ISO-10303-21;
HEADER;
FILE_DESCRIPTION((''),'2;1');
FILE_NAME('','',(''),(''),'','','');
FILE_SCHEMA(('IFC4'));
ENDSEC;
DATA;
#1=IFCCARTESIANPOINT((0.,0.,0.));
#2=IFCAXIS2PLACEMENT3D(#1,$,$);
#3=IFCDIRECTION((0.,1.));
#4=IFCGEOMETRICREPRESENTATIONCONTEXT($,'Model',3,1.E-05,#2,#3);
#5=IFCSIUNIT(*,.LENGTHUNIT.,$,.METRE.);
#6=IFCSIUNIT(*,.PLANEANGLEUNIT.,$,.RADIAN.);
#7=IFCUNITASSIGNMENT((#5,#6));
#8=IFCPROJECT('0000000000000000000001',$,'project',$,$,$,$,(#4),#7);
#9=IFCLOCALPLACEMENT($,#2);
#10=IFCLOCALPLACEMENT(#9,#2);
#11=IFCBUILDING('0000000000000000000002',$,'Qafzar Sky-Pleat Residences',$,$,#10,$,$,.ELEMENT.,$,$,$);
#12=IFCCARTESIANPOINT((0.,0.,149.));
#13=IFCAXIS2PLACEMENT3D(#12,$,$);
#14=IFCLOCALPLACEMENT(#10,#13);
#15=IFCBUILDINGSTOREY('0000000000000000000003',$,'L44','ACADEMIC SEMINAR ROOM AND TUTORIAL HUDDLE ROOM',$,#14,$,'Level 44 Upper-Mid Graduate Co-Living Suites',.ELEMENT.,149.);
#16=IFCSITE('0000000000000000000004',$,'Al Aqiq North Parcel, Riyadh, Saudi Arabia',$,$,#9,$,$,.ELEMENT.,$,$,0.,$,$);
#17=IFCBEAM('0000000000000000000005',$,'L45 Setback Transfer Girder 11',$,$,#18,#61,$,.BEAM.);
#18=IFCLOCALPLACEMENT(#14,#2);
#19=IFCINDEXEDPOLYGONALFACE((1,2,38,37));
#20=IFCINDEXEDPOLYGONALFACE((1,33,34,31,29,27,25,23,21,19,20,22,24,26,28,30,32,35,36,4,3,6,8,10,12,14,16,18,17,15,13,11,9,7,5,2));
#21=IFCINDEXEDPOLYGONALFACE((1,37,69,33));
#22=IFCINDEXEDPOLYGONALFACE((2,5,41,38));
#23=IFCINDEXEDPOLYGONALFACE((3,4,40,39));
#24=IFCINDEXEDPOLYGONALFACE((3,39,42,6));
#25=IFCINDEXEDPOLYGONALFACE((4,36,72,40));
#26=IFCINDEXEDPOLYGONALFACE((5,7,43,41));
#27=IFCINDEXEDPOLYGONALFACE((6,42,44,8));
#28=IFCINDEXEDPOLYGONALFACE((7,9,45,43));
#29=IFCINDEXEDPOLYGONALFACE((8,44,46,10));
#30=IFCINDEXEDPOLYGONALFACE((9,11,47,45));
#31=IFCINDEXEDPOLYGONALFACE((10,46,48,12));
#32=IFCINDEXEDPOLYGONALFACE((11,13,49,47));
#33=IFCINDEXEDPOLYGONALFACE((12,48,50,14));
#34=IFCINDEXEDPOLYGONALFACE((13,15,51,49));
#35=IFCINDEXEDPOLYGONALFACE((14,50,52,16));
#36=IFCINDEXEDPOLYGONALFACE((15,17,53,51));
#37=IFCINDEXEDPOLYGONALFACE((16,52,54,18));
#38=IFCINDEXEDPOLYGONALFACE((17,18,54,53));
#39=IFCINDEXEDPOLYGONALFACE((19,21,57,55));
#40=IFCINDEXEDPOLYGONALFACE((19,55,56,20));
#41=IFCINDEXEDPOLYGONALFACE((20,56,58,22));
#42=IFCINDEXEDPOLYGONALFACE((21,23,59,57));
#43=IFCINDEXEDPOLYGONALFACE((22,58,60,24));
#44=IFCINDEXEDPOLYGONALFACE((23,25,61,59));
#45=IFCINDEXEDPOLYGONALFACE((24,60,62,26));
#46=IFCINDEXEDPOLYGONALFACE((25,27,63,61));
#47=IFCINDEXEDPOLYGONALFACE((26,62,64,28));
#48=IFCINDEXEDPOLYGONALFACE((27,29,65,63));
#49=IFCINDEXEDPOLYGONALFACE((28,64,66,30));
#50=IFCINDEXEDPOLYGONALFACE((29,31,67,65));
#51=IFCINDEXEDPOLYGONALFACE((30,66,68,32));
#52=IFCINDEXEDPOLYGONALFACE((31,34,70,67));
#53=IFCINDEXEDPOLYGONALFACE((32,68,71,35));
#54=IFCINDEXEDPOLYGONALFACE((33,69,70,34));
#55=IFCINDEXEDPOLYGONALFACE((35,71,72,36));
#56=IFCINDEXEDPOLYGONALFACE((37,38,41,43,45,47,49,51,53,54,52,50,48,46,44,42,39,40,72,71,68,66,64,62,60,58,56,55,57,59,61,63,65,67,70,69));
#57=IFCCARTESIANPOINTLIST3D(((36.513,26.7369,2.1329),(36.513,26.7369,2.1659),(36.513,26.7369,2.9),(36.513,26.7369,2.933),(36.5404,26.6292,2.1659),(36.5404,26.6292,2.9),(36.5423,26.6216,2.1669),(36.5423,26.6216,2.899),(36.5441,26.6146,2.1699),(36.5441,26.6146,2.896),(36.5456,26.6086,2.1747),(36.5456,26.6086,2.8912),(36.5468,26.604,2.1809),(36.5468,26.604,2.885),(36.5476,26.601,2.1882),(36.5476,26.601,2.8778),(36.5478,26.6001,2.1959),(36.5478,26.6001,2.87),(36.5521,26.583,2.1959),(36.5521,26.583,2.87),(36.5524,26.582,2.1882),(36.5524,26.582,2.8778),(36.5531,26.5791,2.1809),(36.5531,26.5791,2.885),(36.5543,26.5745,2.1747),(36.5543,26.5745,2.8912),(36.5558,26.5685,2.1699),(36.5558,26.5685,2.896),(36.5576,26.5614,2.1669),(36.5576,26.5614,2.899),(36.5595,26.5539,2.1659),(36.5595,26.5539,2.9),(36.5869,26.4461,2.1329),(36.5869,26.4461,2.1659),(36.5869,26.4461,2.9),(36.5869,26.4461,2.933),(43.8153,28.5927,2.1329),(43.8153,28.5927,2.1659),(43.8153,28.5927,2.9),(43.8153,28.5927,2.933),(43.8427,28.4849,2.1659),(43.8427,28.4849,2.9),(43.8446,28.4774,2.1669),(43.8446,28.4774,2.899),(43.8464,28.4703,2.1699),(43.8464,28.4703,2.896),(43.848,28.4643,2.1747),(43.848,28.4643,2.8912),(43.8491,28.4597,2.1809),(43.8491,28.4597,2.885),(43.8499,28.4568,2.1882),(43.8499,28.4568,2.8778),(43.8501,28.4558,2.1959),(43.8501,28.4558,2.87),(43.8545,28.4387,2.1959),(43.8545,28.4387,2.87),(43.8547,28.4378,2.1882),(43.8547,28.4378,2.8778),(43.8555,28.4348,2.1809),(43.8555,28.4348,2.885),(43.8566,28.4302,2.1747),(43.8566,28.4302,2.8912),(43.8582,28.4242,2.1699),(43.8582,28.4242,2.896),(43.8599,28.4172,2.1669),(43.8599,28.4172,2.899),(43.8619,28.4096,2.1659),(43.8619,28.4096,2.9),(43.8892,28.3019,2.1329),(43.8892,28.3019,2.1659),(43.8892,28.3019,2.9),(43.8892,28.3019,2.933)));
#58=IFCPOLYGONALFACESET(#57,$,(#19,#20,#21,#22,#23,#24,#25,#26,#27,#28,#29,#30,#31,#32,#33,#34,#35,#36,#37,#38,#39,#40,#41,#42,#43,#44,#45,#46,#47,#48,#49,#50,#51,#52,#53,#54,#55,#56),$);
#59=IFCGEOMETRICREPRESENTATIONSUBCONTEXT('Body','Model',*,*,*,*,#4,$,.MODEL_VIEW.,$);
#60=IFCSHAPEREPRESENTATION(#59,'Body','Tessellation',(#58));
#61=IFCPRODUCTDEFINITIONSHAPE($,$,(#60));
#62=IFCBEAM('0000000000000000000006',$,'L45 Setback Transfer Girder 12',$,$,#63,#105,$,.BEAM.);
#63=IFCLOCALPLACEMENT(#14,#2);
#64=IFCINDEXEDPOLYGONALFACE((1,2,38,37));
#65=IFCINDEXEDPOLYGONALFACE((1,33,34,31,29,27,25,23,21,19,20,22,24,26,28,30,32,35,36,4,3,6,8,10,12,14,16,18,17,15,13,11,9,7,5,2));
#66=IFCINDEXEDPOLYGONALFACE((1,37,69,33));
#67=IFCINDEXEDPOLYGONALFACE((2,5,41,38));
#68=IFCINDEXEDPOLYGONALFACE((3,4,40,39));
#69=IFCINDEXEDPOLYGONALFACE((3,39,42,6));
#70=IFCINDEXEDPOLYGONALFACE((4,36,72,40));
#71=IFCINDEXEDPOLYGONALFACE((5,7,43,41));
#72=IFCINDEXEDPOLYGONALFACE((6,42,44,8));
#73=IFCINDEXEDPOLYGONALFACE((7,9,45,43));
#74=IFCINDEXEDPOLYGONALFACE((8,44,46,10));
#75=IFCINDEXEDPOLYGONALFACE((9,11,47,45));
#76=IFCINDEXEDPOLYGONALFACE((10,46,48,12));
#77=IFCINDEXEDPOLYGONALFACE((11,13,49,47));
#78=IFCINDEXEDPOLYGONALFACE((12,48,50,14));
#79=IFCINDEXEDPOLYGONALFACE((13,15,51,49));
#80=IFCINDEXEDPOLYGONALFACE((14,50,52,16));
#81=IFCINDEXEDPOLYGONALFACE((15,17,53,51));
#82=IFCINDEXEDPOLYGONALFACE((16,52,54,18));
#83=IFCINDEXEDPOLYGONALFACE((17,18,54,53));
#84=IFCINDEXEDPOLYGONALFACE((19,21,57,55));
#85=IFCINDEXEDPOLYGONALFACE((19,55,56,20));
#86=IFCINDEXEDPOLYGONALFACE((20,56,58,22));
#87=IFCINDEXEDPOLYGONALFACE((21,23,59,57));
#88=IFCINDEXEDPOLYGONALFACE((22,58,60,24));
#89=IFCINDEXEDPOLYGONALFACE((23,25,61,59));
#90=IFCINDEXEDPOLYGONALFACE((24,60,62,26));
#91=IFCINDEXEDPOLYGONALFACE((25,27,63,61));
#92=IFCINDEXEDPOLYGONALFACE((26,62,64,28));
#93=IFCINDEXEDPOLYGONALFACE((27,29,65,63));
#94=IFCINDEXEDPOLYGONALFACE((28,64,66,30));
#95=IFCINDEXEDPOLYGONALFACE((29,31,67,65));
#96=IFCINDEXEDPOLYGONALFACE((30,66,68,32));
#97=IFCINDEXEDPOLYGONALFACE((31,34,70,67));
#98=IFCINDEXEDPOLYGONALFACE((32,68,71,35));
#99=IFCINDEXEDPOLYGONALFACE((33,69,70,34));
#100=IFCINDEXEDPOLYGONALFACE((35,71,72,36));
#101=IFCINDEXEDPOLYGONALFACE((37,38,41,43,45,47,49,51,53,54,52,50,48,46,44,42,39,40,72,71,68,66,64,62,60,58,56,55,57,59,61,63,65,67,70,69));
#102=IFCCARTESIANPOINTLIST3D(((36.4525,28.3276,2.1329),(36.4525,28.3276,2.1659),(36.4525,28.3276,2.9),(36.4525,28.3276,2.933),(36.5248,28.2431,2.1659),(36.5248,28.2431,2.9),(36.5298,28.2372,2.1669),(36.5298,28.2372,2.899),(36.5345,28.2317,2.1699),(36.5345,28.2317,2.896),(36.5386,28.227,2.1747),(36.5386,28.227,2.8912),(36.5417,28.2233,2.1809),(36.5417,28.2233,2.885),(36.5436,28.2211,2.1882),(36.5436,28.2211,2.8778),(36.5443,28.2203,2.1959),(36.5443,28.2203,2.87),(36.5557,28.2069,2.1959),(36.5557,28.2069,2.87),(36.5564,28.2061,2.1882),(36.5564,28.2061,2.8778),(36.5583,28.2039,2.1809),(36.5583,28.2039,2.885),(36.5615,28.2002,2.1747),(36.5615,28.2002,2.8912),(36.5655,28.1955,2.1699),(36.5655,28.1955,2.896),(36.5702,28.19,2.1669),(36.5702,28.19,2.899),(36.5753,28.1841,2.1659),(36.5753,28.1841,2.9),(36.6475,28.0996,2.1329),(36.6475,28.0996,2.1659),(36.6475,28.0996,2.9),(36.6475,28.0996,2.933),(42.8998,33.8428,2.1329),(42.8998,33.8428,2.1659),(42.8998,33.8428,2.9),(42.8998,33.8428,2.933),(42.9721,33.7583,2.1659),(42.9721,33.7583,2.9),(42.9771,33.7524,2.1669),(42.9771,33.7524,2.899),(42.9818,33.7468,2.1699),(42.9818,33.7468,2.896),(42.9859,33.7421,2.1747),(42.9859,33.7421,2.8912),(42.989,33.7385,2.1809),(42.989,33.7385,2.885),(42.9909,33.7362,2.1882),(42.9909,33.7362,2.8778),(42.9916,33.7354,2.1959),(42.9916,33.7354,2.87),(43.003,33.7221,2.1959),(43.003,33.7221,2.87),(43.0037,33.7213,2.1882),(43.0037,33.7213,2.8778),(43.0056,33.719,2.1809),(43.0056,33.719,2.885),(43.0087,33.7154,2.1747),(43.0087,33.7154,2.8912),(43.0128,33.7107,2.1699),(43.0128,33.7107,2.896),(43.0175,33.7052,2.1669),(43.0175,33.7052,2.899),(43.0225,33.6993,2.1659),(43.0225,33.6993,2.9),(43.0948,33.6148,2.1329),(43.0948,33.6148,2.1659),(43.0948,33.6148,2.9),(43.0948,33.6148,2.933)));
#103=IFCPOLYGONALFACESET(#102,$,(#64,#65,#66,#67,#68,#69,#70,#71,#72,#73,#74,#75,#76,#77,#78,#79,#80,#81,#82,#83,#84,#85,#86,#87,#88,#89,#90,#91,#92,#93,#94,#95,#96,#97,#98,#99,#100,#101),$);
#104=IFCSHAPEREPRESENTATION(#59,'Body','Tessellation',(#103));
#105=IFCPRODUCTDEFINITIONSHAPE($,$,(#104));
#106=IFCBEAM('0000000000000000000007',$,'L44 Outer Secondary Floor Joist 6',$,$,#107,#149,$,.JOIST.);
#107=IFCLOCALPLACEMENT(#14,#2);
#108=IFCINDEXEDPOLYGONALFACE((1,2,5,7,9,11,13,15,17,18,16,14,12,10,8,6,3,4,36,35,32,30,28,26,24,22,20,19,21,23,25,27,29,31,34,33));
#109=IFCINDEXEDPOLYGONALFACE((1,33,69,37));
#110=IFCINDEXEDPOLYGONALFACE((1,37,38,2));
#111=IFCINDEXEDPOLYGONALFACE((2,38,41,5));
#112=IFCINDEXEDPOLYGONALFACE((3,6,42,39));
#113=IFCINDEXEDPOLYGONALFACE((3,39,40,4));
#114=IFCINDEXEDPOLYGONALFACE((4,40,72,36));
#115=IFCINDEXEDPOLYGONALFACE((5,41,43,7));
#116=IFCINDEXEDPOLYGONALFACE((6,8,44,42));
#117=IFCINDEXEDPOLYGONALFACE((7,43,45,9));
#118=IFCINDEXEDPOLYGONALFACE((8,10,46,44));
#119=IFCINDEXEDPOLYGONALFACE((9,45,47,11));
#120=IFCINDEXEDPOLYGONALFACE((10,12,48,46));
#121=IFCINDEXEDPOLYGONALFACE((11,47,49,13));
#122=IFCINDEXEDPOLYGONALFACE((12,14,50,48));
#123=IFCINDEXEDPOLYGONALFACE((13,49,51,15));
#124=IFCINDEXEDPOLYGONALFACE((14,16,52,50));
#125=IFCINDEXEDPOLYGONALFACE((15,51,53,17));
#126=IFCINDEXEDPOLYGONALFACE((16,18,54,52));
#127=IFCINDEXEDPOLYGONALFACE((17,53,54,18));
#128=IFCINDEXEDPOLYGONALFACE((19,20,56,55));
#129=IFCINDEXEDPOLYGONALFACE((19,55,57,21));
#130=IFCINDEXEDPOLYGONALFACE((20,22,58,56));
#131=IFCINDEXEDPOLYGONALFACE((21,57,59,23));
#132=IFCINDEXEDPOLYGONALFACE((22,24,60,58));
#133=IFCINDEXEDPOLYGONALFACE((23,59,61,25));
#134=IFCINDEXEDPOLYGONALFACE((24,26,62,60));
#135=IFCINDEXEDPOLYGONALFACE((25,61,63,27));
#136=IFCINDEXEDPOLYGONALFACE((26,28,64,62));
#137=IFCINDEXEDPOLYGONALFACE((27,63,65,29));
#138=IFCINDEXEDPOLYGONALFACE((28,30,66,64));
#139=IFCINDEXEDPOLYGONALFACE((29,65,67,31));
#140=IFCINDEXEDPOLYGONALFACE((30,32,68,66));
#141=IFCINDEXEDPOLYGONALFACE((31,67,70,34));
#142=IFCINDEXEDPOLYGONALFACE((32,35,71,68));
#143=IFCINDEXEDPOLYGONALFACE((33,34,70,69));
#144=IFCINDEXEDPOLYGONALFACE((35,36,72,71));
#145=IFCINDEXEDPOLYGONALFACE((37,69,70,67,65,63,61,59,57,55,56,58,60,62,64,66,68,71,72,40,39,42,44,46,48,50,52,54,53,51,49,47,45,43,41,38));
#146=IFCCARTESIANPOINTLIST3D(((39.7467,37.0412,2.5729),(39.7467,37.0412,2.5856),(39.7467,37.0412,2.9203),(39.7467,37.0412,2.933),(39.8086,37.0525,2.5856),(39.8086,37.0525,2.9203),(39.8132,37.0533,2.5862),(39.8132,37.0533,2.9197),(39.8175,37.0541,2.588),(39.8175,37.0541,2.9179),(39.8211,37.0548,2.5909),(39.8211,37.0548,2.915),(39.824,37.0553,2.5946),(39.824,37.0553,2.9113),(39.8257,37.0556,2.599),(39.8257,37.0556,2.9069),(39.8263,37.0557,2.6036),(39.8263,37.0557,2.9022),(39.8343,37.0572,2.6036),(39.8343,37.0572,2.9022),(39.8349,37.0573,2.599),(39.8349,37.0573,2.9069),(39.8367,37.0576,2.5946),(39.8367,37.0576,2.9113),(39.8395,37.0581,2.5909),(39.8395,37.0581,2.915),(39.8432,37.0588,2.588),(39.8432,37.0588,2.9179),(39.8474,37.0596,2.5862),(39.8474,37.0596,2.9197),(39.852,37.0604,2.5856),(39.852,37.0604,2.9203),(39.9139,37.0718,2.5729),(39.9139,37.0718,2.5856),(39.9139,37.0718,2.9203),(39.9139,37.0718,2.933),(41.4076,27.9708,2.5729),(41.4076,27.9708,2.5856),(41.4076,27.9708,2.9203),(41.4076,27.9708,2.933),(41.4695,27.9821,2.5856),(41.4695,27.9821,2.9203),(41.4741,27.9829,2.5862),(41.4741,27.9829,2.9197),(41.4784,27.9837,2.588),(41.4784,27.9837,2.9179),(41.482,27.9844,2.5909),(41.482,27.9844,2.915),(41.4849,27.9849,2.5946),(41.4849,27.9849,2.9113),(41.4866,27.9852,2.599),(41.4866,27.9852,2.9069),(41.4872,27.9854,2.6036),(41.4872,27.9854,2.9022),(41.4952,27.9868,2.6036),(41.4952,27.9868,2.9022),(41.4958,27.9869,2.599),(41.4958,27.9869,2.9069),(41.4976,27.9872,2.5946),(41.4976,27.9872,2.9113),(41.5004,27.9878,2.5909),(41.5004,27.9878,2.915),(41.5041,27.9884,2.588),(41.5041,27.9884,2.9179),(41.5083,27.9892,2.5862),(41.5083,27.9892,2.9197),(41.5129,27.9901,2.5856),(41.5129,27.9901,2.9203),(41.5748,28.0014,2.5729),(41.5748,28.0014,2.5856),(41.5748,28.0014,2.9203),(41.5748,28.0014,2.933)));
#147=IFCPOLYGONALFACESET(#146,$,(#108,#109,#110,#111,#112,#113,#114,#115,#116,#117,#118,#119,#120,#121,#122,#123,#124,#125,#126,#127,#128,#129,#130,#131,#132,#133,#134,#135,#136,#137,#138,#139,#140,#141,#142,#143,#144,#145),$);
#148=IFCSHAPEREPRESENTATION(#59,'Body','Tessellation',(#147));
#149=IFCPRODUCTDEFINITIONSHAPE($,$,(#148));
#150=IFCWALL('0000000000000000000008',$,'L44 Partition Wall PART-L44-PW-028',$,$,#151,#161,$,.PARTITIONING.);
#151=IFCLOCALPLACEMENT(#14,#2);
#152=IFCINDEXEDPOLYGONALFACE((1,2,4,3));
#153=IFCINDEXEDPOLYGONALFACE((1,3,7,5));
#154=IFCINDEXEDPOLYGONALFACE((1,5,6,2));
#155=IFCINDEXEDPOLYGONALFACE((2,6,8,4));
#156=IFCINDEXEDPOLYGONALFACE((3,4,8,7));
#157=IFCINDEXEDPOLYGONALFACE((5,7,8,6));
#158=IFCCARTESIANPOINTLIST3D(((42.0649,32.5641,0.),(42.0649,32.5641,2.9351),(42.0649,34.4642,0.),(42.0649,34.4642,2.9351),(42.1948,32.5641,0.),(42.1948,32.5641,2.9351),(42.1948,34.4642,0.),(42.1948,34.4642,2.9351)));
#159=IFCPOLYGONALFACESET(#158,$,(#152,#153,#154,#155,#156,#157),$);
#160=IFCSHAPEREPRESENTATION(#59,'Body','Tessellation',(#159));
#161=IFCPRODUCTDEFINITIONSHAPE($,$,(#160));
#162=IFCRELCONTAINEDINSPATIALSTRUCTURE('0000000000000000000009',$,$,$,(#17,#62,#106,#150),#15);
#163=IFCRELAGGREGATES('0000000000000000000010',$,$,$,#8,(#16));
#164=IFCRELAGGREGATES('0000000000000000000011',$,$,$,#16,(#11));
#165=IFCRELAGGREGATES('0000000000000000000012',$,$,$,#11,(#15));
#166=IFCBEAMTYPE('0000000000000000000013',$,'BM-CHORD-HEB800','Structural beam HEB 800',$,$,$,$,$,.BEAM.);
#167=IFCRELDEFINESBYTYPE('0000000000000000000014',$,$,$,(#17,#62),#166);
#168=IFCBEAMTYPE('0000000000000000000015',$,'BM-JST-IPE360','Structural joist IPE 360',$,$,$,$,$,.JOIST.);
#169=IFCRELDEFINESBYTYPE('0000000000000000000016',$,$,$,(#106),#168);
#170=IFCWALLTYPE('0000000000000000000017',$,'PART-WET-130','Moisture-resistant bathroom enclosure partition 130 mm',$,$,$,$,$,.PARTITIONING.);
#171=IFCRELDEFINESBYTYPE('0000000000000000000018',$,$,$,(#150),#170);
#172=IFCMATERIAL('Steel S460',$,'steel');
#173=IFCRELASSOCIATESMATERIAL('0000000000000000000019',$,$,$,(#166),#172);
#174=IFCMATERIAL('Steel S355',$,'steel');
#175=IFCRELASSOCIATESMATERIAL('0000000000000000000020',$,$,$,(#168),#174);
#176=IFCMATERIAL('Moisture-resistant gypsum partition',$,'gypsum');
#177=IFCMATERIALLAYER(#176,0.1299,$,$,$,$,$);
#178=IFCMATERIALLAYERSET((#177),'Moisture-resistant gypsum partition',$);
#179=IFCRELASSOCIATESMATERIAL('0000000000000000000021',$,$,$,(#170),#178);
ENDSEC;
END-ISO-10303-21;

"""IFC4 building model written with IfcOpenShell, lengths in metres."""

from ifc_helpers import new_model, si_unit, direction, frame, frame_2d, origin, origin_2d, place, context, subcontext, project, spatial, rectangle, i_section, extrude, source, transform, mapped, material, layer, layer_set, material_profile, profile_set, type_object, element, save


model = new_model("IFC4")

# Units and contexts
model_context = context("Model", 3, precision=1e-05, world=origin(), true_north=direction((0.0, 1.0)))
body_context = subcontext(model_context, "Body", "Model", "MODEL_VIEW")
ifc_project = project(units=[si_unit("LENGTHUNIT", "METRE"), si_unit("PLANEANGLEUNIT", "RADIAN")], contexts=[model_context])

# Site, building, storey
site_placement = place(None, origin())
site = spatial("IfcSite", under=ifc_project, at=site_placement, Name="Al Aqiq North Parcel, Riyadh, Saudi Arabia", CompositionType="ELEMENT", RefElevation=0.0)
building_placement = place(site_placement, origin())
building = spatial("IfcBuilding", under=site, at=building_placement, Name="Qafzar Sky-Pleat Residences", CompositionType="ELEMENT")
storey_placement = place(building_placement, frame((0.0, 0.0, 149.0)))
storey = spatial("IfcBuildingStorey", under=building, at=storey_placement, Name="L44", Description="ACADEMIC SEMINAR ROOM AND TUTORIAL HUDDLE ROOM", LongName="Level 44 Upper-Mid Graduate Co-Living Suites", CompositionType="ELEMENT", Elevation=149.0)

# Shared definitions
ifc_material_1 = material(Name="Steel S355", Category="steel")

# Beams
ifc_material_2 = material(Name="Steel S460", Category="steel")
ifc_material_profile_1 = material_profile(ifc_material_2, i_section(OverallWidth=0.3, OverallDepth=0.8, WebThickness=0.0176, FlangeThickness=0.033, FilletRadius=0.03, at=origin_2d()), Name="HEB 800")
ifc_profile_set_1 = profile_set([ifc_material_profile_1], Name="Steel S460")
beam_type_1 = type_object("IfcBeamType", Name="BM-CHORD-HEB800", Description="Structural beam HEB 800", PredefinedType="BEAM", material=ifc_profile_set_1)
shared_shape_1 = source(origin(), body_context, "Body", "SweptSolid", [
    extrude(i_section(OverallWidth=0.3, OverallDepth=0.8, WebThickness=0.0176, FlangeThickness=0.033, FilletRadius=0.03, at=origin_2d()), origin(), (0.0, 0.0, 1.0), 7.5344),
])
beam_1_placement = place(storey_placement, frame((43.8523, 28.4473, 2.533), z_axis=(-0.969194, -0.2463, 0.0), x_axis=(0.2463, -0.969194, 0.0)))
element("IfcBeam", 1, at=beam_1_placement, inside=storey, type_object=beam_type_1, Name="L45 Setback Transfer Girder 11", PredefinedType="BEAM", context=body_context, shape_type="MappedRepresentation", body=[
    mapped(shared_shape_1, transform((0.0, 0.0, 0.0), x_axis=(1.0, 0.0, 0.0), y_axis=(0.0, 1.0, 0.0), z_axis=(0.0, 0.0, 1.0), scale=1.0)),
])
shared_shape_2 = source(origin(), body_context, "Body", "SweptSolid", [
    extrude(i_section(OverallWidth=0.3, OverallDepth=0.8, WebThickness=0.0176, FlangeThickness=0.033, FilletRadius=0.03, at=origin_2d()), origin(), (0.0, 0.0, 1.0), 8.4844),
])
beam_2_placement = place(storey_placement, frame((42.9973, 33.7288, 2.533), z_axis=(-0.759902, -0.650037, 0.0), x_axis=(0.650037, -0.759902, 0.0)))
element("IfcBeam", 2, at=beam_2_placement, inside=storey, type_object=beam_type_1, Name="L45 Setback Transfer Girder 12", PredefinedType="BEAM", context=body_context, shape_type="MappedRepresentation", body=[
    mapped(shared_shape_2, transform((0.0, 0.0, 0.0), x_axis=(1.0, 0.0, 0.0), y_axis=(0.0, 1.0, 0.0), z_axis=(0.0, 0.0, 1.0), scale=1.0)),
])
ifc_material_profile_2 = material_profile(ifc_material_1, i_section(OverallWidth=0.1699, OverallDepth=0.3601, WebThickness=0.0081, FlangeThickness=0.0127, FilletRadius=0.0181, at=origin_2d()), Name="IPE 360")
ifc_profile_set_2 = profile_set([ifc_material_profile_2], Name="Steel S355")
beam_type_2 = type_object("IfcBeamType", Name="BM-JST-IPE360", Description="Structural joist IPE 360", PredefinedType="JOIST", material=ifc_profile_set_2)
shared_shape_3 = source(origin(), body_context, "Body", "SweptSolid", [
    extrude(i_section(OverallWidth=0.1699, OverallDepth=0.3601, WebThickness=0.0081, FlangeThickness=0.0127, FilletRadius=0.0181, at=origin_2d()), origin(), (0.0, 0.0, 1.0), 9.2212),
])
beam_3_placement = place(storey_placement, frame((41.4912, 27.9861, 2.7529), z_axis=(-0.180118, 0.983645, 0.0), x_axis=(-0.983645, -0.180118, 0.0)))
element("IfcBeam", 3, at=beam_3_placement, inside=storey, type_object=beam_type_2, Name="L44 Outer Secondary Floor Joist 6", PredefinedType="JOIST", context=body_context, shape_type="MappedRepresentation", body=[
    mapped(shared_shape_3, transform((0.0, 0.0, 0.0), x_axis=(1.0, 0.0, 0.0), y_axis=(0.0, 1.0, 0.0), z_axis=(0.0, 0.0, 1.0), scale=1.0)),
])

# Wall
ifc_material_3 = material(Name="Moisture-resistant gypsum partition", Category="gypsum")
ifc_layer_1 = layer(ifc_material_3, 0.1299)
ifc_layer_set_1 = layer_set([ifc_layer_1], Name="Moisture-resistant gypsum partition")
wall_type_1 = type_object("IfcWallType", Name="PART-WET-130", Description="Moisture-resistant bathroom enclosure partition 130 mm", PredefinedType="PARTITIONING", material=ifc_layer_set_1)
wall_1_placement = place(storey_placement, frame((42.1299, 32.564, 0.0), z_axis=(0.0, 0.0, 1.0), x_axis=(0.0, 1.0, 0.0)))
element("IfcWall", 4, at=wall_1_placement, inside=storey, type_object=wall_type_1, Name="L44 Partition Wall PART-L44-PW-028", PredefinedType="PARTITIONING", context=body_context, shape_type="SweptSolid", body=[
    extrude(rectangle(XDim=1.9001, YDim=0.1299, at=frame_2d((0.9502, 0.0))), origin(), (0.0, 0.0, 1.0), 2.9351),
])

save(model, "model.ifc")
